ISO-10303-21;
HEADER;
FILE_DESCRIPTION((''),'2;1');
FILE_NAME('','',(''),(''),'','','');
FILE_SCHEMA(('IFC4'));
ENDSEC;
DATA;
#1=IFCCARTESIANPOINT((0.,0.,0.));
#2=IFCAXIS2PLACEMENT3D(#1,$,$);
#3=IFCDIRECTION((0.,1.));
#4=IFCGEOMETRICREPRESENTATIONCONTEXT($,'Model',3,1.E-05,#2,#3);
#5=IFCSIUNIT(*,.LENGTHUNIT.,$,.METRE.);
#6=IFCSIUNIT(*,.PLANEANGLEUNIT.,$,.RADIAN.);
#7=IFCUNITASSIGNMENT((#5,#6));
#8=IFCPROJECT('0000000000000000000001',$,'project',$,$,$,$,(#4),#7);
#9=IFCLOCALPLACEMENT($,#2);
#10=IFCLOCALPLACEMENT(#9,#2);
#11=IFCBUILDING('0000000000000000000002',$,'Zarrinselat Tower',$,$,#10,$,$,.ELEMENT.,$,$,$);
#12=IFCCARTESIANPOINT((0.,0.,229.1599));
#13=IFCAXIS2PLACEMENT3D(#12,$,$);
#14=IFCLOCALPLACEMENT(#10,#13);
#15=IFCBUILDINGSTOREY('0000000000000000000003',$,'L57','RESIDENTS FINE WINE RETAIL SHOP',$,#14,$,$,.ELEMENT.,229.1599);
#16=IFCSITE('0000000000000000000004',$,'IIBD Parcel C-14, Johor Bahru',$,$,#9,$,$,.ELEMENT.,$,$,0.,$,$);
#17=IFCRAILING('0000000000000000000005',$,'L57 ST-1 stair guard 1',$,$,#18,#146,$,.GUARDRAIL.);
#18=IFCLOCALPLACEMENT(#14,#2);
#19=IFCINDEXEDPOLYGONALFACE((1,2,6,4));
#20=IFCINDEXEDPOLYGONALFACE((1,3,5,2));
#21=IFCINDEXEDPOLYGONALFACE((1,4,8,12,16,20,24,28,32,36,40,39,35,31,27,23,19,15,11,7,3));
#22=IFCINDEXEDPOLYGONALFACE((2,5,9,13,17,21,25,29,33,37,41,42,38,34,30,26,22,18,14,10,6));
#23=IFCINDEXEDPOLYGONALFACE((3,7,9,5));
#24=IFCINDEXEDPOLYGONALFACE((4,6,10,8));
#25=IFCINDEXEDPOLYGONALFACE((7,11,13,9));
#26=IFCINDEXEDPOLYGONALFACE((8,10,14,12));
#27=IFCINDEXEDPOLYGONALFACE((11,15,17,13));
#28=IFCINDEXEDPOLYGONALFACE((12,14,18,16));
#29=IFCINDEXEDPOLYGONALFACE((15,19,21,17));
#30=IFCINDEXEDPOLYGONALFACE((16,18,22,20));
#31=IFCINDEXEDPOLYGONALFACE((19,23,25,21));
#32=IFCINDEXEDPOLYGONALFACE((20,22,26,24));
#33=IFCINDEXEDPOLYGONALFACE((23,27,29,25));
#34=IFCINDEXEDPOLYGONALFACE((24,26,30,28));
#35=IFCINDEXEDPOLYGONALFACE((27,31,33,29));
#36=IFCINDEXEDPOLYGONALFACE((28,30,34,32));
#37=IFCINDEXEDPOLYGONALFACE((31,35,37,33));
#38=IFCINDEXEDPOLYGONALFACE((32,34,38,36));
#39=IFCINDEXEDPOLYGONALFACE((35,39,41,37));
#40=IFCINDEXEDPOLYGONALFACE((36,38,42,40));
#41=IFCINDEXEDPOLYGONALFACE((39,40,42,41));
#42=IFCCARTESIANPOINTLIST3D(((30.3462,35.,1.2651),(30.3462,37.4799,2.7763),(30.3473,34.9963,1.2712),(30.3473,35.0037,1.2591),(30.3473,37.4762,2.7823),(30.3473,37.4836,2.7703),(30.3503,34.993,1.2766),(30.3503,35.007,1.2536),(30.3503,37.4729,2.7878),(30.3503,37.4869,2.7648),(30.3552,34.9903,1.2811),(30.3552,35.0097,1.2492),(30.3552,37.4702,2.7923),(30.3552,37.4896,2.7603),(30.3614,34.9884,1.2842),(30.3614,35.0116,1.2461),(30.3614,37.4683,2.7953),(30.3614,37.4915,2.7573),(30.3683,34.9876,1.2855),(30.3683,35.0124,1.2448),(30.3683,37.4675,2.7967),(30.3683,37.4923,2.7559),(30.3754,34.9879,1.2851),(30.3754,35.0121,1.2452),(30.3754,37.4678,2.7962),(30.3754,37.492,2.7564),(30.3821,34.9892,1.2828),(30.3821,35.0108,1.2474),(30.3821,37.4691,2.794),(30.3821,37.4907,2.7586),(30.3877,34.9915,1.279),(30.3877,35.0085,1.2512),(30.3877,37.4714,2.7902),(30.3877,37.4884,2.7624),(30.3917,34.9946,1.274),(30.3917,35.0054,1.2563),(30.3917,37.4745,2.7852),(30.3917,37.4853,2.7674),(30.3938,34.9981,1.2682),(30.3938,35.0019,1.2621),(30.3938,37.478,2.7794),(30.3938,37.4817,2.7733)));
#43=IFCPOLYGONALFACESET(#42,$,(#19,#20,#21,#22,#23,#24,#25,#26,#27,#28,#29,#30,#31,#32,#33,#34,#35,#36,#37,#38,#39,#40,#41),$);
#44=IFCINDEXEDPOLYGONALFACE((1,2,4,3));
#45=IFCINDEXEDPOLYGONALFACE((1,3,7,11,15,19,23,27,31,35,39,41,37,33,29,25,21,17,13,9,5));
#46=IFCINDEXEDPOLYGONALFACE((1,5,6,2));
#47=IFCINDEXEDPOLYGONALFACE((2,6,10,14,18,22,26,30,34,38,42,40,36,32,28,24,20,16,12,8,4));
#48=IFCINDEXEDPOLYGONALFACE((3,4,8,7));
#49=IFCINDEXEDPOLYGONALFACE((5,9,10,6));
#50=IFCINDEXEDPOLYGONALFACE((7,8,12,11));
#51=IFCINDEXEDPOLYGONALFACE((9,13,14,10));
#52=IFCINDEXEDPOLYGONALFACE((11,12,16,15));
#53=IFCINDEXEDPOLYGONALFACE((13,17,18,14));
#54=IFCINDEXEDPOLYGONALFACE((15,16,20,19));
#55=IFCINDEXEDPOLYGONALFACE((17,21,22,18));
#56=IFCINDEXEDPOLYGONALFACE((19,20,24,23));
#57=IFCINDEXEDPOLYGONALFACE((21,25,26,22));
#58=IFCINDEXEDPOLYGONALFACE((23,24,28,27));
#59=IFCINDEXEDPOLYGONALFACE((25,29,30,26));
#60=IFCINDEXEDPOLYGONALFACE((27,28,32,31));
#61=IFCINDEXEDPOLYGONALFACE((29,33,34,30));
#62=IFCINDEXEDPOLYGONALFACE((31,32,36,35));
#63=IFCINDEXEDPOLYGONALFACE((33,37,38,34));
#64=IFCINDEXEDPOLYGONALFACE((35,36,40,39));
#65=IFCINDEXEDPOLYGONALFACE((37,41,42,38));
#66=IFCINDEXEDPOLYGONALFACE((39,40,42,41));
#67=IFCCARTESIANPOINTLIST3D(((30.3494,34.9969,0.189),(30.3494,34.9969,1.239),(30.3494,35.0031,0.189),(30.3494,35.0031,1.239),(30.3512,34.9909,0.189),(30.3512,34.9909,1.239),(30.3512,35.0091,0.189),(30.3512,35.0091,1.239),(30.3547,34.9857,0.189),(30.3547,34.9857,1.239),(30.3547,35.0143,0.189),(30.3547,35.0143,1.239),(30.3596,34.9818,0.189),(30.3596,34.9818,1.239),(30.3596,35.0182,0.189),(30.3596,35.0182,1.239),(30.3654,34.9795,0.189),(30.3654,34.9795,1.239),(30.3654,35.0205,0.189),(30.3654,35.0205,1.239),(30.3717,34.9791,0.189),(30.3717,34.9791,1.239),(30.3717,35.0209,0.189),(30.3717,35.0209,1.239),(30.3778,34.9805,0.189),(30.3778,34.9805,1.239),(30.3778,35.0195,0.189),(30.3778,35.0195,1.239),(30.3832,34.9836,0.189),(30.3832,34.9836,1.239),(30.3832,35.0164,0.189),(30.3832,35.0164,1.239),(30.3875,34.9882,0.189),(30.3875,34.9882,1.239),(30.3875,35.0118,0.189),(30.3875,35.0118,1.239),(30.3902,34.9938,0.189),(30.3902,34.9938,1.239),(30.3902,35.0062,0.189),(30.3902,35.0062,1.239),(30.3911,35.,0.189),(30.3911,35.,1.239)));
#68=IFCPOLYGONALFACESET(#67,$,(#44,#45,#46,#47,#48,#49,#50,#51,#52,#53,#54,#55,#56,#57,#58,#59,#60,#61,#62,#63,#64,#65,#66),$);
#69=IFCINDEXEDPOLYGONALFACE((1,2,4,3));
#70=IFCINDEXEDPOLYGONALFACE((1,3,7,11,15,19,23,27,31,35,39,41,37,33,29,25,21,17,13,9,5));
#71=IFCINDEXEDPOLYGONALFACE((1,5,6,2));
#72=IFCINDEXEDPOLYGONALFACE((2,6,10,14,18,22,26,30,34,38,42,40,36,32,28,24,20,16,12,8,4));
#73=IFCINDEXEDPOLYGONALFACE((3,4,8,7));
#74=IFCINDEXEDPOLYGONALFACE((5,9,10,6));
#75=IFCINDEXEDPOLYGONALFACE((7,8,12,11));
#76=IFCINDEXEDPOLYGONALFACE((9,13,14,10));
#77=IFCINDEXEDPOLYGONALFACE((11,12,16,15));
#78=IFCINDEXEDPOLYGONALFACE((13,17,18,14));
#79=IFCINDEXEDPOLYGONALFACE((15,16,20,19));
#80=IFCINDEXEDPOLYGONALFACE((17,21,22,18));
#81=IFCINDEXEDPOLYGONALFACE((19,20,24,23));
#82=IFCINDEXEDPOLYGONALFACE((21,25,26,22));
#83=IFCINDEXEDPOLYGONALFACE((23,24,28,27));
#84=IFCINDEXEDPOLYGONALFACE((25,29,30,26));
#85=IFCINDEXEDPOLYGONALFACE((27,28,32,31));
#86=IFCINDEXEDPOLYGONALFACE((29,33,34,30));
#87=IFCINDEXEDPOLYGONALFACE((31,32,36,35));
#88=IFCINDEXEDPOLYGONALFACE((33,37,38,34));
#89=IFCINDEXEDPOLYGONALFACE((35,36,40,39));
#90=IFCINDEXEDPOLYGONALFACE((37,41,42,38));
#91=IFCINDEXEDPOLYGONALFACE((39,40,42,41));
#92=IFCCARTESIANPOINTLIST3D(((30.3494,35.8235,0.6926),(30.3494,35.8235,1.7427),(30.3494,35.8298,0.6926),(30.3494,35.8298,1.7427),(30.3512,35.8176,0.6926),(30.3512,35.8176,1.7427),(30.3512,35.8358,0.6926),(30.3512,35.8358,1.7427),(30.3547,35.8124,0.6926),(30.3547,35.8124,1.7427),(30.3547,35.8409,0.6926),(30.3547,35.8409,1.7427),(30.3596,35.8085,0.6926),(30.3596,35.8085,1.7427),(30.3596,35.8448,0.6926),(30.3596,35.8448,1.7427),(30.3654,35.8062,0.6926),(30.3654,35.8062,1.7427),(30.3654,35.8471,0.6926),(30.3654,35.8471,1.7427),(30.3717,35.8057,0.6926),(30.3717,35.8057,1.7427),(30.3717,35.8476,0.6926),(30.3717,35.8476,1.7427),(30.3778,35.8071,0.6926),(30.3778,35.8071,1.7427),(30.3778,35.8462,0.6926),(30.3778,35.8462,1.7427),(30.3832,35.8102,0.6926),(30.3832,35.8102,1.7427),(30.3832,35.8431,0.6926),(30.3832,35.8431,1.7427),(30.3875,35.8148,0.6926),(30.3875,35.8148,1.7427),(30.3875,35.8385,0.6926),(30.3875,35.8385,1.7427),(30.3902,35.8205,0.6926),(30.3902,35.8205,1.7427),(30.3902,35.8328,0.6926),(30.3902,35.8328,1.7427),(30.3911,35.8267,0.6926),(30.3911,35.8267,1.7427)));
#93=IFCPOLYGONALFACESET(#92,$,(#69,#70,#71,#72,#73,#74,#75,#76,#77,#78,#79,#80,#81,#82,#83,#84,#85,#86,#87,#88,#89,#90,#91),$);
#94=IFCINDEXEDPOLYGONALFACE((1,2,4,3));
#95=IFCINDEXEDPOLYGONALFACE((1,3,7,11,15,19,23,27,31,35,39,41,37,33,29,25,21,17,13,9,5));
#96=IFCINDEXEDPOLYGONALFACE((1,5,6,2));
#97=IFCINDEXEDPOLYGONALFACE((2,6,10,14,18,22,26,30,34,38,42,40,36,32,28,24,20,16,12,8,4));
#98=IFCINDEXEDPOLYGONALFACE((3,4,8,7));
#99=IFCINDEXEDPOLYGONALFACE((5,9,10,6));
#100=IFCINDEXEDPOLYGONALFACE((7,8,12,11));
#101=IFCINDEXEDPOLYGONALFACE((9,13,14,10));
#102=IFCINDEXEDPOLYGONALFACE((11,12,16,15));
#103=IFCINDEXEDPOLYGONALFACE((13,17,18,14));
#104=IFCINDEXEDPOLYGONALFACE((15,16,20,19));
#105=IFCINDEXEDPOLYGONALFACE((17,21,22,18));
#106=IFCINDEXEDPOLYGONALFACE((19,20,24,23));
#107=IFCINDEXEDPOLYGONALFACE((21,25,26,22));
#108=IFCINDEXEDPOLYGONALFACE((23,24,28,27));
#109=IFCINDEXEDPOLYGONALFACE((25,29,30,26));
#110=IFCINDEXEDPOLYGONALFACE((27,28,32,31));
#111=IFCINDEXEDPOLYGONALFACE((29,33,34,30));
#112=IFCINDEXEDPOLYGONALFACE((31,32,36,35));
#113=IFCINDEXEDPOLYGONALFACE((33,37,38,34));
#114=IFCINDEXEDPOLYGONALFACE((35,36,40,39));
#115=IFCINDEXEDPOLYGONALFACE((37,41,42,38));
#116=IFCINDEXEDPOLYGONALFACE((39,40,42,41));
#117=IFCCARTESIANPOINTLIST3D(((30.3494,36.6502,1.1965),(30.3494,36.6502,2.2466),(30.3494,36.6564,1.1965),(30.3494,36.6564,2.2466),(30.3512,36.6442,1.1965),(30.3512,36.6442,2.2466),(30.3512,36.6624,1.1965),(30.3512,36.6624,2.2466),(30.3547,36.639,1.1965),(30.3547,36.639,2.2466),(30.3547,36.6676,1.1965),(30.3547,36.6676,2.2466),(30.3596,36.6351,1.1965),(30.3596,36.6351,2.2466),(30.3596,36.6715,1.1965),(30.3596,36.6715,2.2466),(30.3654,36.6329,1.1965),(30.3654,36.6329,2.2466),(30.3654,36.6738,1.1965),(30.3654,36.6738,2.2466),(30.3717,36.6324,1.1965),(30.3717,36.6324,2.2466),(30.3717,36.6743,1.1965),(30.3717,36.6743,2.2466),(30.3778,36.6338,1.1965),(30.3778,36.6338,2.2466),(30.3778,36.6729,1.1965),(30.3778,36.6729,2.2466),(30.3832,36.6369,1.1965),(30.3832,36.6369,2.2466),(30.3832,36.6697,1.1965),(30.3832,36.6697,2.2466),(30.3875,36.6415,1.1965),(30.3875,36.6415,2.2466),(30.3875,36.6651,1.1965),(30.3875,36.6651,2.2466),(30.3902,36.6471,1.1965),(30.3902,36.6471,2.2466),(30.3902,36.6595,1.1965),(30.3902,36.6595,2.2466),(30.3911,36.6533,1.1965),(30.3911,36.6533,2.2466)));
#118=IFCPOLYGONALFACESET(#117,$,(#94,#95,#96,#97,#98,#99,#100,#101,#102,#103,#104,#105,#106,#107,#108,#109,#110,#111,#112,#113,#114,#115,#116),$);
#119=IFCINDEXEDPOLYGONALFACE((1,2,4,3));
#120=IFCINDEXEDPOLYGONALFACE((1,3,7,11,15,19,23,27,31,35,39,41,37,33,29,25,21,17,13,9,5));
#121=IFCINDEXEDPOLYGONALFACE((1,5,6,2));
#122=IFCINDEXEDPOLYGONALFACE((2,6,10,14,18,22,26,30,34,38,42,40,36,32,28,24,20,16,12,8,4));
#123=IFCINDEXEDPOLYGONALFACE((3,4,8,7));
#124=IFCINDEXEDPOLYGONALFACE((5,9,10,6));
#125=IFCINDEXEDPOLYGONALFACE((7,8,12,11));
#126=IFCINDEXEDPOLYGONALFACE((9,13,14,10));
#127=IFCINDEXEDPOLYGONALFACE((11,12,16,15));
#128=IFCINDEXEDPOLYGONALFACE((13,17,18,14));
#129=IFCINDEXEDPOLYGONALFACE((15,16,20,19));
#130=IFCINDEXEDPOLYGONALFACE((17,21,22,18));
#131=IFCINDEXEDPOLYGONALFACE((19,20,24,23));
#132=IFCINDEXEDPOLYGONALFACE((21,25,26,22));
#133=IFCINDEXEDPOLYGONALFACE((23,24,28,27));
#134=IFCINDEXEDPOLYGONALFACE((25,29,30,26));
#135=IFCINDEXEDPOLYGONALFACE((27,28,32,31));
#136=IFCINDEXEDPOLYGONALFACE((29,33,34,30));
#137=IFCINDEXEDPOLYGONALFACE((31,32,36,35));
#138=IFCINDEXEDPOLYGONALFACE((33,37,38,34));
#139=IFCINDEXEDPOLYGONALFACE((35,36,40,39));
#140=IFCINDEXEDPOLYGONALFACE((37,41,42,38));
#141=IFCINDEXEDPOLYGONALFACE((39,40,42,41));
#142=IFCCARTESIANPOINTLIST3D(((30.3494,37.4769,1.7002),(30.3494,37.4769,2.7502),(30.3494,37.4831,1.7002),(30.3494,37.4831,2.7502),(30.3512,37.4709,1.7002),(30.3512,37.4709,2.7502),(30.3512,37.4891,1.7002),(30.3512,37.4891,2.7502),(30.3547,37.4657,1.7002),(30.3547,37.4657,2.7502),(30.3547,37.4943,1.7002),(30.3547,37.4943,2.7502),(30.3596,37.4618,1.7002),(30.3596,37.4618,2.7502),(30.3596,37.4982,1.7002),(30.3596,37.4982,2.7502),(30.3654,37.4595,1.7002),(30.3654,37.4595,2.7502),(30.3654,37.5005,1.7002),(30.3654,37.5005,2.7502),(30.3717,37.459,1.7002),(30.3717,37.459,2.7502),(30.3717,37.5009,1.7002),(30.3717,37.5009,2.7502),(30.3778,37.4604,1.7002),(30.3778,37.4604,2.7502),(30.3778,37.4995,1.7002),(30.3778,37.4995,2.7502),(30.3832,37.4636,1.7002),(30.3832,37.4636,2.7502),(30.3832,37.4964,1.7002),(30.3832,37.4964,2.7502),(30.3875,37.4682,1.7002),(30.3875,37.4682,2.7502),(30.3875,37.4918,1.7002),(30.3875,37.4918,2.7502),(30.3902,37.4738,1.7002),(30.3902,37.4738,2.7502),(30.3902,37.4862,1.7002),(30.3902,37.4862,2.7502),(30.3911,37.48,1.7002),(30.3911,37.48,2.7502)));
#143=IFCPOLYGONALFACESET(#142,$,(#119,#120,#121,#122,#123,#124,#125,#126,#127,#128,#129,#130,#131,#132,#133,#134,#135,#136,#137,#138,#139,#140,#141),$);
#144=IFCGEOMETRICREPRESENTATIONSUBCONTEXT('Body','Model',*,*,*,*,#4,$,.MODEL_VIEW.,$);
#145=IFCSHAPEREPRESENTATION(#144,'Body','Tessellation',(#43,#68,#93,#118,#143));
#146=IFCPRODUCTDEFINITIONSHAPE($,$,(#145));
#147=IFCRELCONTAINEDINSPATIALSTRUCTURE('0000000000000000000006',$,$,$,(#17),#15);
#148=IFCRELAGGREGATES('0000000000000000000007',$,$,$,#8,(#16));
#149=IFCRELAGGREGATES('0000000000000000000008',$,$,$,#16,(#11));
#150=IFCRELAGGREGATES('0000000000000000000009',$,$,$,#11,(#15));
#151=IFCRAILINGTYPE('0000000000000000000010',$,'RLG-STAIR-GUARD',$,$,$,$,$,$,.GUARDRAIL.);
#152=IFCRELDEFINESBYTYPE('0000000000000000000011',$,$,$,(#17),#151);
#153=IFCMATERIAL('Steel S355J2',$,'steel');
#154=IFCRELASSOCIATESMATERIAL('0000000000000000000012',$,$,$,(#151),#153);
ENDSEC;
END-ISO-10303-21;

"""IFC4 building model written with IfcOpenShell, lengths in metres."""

from ifc_helpers import new_model, si_unit, direction, frame, origin, origin_2d, place, context, subcontext, project, spatial, circle, extrude, material, type_object, element, save


model = new_model("IFC4")

# Units and contexts
model_context = context("Model", 3, precision=1e-05, world=origin(), true_north=direction((0.0, 1.0)))
body_context = subcontext(model_context, "Body", "Model", "MODEL_VIEW")
ifc_project = project(units=[si_unit("LENGTHUNIT", "METRE"), si_unit("PLANEANGLEUNIT", "RADIAN")], contexts=[model_context])

# Site, building, storey
site_placement = place(None, origin())
site = spatial("IfcSite", under=ifc_project, at=site_placement, Name="IIBD Parcel C-14, Johor Bahru", CompositionType="ELEMENT", RefElevation=0.0)
building_placement = place(site_placement, origin())
building = spatial("IfcBuilding", under=site, at=building_placement, Name="Zarrinselat Tower", CompositionType="ELEMENT")
storey_placement = place(building_placement, frame((0.0, 0.0, 229.1599)))
storey = spatial("IfcBuildingStorey", under=building, at=storey_placement, Name="L57", Description="RESIDENTS FINE WINE RETAIL SHOP", CompositionType="ELEMENT", Elevation=229.1599)

# Railing
ifc_material_1 = material(Name="Steel S355J2", Category="steel")
railing_type_1 = type_object("IfcRailingType", Name="RLG-STAIR-GUARD", PredefinedType="GUARDRAIL", material=ifc_material_1)
railing_1_placement = place(storey_placement, frame((30.3701, 35.0, 0.189)))
element("IfcRailing", 1, at=railing_1_placement, inside=storey, type_object=railing_type_1, Name="L57 ST-1 stair guard 1", PredefinedType="GUARDRAIL", context=body_context, shape_type="SweptSolid", body=[
    extrude(circle(Radius=0.0239, at=origin_2d()), frame((0.0, 0.0, 1.0762), z_axis=(0.0, 0.853942, 0.520368), x_axis=(-1.0, 0.0, 0.0)), (0.0, 0.0, 1.0), 2.9041),
    extrude(circle(Radius=0.021, at=origin_2d()), origin(), (0.0, 0.0, 1.0), 1.05),
    extrude(circle(Radius=0.021, at=origin_2d()), frame((0.0, 0.8267, 0.5037)), (0.0, 0.0, 1.0), 1.05),
    extrude(circle(Radius=0.021, at=origin_2d()), frame((0.0, 1.6533, 1.0076)), (0.0, 0.0, 1.0), 1.05),
    extrude(circle(Radius=0.021, at=origin_2d()), frame((0.0, 2.48, 1.5112)), (0.0, 0.0, 1.0), 1.05),
])

save(model, "model.ifc")
